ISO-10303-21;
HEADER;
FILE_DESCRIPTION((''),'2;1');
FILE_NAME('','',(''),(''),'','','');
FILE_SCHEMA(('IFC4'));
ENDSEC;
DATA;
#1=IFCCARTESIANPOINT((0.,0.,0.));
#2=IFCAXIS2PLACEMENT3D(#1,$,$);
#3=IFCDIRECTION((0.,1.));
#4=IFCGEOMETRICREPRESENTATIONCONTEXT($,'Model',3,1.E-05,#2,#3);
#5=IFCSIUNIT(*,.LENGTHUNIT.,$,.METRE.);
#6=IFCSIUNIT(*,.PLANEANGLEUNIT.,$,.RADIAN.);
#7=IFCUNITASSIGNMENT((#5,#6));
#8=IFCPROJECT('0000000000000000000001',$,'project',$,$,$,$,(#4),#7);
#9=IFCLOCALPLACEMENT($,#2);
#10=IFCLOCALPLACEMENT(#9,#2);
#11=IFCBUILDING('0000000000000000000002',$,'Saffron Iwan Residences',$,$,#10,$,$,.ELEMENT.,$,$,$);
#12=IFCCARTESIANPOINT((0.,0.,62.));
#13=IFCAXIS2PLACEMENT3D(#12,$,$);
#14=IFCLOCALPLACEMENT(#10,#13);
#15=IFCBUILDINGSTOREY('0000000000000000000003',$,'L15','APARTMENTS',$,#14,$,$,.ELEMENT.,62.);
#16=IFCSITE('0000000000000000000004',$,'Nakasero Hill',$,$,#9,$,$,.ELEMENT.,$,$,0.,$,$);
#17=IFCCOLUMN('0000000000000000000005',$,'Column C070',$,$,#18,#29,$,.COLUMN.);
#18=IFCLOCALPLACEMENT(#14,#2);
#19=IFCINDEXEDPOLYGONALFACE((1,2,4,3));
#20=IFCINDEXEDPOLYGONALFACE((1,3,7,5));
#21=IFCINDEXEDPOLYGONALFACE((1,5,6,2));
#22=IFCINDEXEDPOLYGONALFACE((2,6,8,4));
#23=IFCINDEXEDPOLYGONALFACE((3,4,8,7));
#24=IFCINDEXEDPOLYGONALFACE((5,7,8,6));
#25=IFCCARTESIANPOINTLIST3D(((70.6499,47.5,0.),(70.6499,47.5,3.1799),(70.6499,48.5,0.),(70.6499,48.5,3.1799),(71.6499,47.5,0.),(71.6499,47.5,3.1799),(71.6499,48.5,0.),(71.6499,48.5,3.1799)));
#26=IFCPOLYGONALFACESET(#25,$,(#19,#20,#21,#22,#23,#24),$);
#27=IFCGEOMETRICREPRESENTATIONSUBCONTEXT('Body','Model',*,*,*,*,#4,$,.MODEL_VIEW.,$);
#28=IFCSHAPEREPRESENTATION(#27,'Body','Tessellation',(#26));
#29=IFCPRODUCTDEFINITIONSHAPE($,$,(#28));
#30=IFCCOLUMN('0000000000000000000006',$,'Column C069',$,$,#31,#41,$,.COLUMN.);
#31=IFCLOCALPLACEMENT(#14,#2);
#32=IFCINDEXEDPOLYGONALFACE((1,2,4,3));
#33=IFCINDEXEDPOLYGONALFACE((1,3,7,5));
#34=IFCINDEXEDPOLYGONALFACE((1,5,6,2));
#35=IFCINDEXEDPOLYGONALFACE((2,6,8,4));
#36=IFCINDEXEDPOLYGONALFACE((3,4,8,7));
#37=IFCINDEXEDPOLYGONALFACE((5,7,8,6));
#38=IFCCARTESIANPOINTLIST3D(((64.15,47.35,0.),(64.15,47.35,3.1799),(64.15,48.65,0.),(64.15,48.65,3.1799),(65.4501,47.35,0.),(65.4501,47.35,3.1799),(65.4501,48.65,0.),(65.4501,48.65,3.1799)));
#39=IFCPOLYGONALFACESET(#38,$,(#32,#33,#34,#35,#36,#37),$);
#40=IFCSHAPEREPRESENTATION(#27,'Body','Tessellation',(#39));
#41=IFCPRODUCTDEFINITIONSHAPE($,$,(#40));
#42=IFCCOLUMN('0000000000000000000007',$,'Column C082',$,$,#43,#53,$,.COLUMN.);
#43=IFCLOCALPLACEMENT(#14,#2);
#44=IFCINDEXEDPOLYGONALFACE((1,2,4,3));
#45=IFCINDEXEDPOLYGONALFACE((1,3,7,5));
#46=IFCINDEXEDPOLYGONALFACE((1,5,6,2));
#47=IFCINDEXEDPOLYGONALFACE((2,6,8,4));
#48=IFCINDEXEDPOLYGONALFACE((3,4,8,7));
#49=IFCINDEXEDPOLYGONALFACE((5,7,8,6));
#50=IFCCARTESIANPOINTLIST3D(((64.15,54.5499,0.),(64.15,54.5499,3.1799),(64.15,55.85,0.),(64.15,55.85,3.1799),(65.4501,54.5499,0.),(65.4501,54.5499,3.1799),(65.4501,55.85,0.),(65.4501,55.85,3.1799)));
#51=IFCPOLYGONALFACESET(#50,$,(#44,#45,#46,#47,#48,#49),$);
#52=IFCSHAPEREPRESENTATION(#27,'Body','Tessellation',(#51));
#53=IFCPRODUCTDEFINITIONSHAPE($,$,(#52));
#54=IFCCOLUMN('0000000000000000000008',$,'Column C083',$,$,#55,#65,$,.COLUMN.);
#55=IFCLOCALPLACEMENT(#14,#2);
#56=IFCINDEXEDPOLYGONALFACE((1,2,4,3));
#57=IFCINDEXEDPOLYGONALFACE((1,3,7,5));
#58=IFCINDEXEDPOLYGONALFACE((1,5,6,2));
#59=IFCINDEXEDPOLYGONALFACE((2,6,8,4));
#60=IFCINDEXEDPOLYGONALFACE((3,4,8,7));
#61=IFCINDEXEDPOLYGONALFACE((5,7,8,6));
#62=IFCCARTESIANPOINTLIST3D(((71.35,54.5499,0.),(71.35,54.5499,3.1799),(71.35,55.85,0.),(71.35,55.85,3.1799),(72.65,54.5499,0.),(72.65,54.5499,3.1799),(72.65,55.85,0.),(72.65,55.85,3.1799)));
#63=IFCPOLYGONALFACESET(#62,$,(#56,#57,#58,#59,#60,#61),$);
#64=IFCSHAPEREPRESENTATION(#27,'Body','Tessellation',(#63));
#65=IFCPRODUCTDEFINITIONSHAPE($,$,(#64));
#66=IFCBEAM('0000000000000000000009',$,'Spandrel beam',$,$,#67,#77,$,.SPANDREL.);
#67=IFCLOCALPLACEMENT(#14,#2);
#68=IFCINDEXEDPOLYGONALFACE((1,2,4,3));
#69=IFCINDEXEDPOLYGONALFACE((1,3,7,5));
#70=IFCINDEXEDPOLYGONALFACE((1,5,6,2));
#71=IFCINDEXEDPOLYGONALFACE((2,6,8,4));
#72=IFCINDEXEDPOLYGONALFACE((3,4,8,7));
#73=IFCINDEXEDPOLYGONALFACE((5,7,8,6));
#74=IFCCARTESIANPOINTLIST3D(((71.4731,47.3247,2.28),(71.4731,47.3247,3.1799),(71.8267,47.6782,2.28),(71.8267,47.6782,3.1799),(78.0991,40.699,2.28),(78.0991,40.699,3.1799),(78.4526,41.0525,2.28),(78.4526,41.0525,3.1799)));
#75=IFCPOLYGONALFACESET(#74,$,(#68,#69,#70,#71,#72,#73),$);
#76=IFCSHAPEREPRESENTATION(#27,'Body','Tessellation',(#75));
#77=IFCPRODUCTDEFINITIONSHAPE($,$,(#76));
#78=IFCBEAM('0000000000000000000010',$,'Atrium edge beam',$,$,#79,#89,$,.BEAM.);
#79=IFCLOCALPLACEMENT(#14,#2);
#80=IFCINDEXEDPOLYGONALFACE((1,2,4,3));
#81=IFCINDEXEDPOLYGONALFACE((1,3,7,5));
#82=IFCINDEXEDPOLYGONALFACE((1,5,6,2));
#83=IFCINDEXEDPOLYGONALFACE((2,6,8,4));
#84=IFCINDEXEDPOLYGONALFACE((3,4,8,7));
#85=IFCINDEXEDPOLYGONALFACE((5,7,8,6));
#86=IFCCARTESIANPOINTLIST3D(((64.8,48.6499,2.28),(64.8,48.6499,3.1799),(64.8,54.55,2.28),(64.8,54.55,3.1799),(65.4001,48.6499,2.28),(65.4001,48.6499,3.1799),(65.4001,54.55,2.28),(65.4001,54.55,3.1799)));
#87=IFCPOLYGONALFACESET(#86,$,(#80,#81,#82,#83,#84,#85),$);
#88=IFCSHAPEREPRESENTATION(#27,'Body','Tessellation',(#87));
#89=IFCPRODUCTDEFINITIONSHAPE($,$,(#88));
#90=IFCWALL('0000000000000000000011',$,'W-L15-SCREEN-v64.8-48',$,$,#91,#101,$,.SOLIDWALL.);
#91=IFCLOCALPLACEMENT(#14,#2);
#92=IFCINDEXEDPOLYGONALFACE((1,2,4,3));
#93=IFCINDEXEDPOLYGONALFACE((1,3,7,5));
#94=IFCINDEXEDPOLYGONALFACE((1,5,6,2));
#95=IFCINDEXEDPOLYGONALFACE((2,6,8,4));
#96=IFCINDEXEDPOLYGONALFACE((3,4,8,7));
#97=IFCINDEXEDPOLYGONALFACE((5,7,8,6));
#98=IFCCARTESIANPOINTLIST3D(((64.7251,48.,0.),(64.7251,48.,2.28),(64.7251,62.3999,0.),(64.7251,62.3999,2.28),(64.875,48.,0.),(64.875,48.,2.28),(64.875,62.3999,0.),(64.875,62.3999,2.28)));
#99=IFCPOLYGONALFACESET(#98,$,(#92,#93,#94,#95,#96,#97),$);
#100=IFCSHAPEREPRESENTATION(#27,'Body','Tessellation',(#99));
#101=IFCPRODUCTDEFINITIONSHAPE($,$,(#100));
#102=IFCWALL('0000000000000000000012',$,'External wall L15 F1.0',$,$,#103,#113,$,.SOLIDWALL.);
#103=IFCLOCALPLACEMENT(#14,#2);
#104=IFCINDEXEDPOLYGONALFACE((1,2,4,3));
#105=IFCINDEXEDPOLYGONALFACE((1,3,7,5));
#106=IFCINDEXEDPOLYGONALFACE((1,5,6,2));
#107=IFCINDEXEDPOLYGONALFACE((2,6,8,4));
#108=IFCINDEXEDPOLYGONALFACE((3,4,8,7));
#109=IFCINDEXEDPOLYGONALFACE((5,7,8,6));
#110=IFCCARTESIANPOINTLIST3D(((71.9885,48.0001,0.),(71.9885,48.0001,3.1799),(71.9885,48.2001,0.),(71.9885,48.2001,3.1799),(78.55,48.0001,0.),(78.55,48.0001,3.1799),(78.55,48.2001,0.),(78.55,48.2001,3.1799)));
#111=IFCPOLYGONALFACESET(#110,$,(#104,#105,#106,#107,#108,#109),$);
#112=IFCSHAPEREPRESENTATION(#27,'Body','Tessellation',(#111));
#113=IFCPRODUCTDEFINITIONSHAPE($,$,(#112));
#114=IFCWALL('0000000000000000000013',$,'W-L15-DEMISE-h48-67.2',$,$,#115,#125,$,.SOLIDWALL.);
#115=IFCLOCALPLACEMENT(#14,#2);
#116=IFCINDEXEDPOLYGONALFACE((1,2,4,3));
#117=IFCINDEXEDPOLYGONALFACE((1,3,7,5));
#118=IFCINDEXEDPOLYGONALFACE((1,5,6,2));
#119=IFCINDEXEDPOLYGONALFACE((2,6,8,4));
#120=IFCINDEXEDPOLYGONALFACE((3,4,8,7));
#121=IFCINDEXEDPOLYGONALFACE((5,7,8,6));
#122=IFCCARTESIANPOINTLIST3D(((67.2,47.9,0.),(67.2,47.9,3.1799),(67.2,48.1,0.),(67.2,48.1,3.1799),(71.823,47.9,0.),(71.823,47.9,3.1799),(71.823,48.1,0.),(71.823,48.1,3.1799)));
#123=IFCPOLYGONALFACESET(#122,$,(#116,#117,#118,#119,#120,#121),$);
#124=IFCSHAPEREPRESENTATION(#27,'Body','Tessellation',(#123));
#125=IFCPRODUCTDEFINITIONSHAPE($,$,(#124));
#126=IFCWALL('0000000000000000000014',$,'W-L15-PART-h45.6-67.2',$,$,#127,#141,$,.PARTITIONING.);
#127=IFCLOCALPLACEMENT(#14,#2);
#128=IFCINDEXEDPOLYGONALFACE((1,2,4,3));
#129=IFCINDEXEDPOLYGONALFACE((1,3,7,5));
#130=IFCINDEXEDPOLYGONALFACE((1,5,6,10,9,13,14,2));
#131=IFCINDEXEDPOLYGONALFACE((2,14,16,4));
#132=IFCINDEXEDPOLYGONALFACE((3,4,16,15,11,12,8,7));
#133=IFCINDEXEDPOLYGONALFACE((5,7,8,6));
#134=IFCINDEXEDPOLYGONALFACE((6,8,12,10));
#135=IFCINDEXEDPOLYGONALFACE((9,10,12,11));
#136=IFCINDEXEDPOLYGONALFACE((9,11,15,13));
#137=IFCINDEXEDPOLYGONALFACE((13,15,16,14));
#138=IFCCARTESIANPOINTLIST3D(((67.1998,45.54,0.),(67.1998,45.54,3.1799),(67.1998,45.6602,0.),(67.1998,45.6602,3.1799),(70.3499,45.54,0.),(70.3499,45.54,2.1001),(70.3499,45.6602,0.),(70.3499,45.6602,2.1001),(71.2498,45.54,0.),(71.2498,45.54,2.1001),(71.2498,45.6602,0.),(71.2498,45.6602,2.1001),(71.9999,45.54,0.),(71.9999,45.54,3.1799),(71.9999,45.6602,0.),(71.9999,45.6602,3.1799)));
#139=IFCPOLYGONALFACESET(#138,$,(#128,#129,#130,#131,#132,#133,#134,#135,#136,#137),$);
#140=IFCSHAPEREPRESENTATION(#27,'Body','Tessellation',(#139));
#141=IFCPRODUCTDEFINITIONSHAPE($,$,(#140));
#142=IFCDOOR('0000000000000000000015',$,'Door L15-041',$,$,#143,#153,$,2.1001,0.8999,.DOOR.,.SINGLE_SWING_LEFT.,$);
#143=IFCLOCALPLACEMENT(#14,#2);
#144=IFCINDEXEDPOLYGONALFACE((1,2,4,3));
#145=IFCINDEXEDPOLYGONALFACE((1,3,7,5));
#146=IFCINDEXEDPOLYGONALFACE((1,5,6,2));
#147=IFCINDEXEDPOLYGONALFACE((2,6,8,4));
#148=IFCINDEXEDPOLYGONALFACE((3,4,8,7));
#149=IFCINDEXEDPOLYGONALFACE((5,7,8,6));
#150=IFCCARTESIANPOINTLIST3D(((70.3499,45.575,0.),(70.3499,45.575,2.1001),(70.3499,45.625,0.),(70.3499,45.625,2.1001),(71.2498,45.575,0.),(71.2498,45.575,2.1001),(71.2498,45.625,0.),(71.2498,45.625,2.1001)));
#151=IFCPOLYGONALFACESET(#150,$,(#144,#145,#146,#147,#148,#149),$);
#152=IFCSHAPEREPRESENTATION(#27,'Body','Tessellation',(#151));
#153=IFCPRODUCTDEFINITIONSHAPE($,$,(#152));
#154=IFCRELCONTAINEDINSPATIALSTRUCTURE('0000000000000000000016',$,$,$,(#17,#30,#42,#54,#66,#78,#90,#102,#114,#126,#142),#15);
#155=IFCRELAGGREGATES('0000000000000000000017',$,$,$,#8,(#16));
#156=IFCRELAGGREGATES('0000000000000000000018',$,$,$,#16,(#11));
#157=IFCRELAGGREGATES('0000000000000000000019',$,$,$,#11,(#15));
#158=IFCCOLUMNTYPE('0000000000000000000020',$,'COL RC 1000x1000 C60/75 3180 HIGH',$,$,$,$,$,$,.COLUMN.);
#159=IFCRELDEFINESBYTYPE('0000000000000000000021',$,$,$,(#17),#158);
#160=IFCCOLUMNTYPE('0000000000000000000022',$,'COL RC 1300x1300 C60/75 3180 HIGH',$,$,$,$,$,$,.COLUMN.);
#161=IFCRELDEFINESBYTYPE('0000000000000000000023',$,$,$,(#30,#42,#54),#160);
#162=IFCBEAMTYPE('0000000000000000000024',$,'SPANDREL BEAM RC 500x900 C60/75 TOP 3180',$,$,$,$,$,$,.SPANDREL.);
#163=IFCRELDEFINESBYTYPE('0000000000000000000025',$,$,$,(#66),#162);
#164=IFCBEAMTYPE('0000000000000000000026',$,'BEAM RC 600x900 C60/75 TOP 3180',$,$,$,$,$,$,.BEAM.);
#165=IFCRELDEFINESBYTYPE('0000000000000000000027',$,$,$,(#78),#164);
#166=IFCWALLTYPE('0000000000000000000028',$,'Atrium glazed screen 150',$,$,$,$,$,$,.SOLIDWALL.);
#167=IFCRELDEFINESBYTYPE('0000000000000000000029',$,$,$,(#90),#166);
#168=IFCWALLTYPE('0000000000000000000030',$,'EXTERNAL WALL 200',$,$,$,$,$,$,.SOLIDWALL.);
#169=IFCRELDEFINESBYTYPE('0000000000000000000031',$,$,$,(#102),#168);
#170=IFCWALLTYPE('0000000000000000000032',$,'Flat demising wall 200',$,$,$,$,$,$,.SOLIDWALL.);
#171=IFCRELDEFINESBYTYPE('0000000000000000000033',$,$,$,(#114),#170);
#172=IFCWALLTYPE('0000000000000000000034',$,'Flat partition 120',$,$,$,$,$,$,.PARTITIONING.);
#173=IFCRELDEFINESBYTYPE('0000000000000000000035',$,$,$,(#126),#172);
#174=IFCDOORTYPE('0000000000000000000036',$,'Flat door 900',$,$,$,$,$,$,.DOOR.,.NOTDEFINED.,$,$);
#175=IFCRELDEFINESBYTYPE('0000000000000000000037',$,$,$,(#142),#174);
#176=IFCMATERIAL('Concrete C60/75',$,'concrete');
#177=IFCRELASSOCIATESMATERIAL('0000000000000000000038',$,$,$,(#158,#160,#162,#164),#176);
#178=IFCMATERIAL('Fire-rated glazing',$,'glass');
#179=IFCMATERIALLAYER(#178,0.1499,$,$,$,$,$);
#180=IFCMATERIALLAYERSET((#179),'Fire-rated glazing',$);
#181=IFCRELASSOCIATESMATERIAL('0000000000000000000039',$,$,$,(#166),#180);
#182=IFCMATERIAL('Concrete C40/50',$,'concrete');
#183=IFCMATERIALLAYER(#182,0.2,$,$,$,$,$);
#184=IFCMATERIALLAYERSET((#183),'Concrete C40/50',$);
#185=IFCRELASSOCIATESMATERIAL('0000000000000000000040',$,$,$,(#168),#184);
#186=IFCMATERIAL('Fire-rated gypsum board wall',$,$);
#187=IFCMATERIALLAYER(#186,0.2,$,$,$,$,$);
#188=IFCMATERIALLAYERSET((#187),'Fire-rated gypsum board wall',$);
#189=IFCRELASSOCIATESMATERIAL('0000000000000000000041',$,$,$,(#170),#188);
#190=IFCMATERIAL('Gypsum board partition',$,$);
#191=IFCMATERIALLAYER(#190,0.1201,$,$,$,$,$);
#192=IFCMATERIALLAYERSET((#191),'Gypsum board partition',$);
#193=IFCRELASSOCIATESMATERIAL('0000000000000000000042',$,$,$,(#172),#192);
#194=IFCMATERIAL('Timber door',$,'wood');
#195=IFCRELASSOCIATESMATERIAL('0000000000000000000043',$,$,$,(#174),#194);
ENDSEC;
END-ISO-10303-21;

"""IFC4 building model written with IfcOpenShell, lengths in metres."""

from ifc_helpers import new_model, si_unit, direction, frame, frame_2d, origin, origin_2d, place, context, subcontext, project, spatial, rectangle, extrude, source, transform, mapped, material, layer, layer_set, material_profile, profile_set, type_object, element, fill, save


model = new_model("IFC4")

# Units and contexts
model_context = context("Model", 3, precision=1e-05, world=origin(), true_north=direction((0.0, 1.0)))
body_context = subcontext(model_context, "Body", "Model", "MODEL_VIEW")
ifc_project = project(units=[si_unit("LENGTHUNIT", "METRE"), si_unit("PLANEANGLEUNIT", "RADIAN")], contexts=[model_context])

# Site, building, storey
site_placement = place(None, origin())
site = spatial("IfcSite", under=ifc_project, at=site_placement, Name="Nakasero Hill", CompositionType="ELEMENT", RefElevation=0.0)
building_placement = place(site_placement, origin())
building = spatial("IfcBuilding", under=site, at=building_placement, Name="Saffron Iwan Residences", CompositionType="ELEMENT")
storey_placement = place(building_placement, frame((0.0, 0.0, 62.0)))
storey = spatial("IfcBuildingStorey", under=building, at=storey_placement, Name="L15", Description="APARTMENTS", CompositionType="ELEMENT", Elevation=62.0)

# Columns
ifc_material_1 = material(Name="Concrete C60/75", Category="concrete")
ifc_material_profile_1 = material_profile(ifc_material_1, rectangle(XDim=1.0, YDim=1.0, at=origin_2d()), Name="RC 1000x1000")
ifc_profile_set_1 = profile_set([ifc_material_profile_1], Name="Concrete C60/75")
column_type_1 = type_object("IfcColumnType", Name="COL RC 1000x1000 C60/75 3180 HIGH", PredefinedType="COLUMN", material=ifc_profile_set_1)
shared_shape_1 = source(origin(), body_context, "Body", "SweptSolid", [
    extrude(rectangle(XDim=1.0, YDim=1.0, at=origin_2d()), origin(), (0.0, 0.0, 1.0), 3.1799),
])
column_placement = place(storey_placement, frame((71.1499, 48.0, 0.0), z_axis=(0.0, 0.0, 1.0), x_axis=(1.0, 0.0, 0.0)))
element("IfcColumn", 1, at=column_placement, inside=storey, type_object=column_type_1, Name="Column C070", PredefinedType="COLUMN", context=body_context, shape_type="MappedRepresentation", body=[
    mapped(shared_shape_1, transform((0.0, 0.0, 0.0))),
])
ifc_material_profile_2 = material_profile(ifc_material_1, rectangle(XDim=1.3, YDim=1.3, at=origin_2d()), Name="RC 1300x1300")
ifc_profile_set_2 = profile_set([ifc_material_profile_2], Name="Concrete C60/75")
column_type_2 = type_object("IfcColumnType", Name="COL RC 1300x1300 C60/75 3180 HIGH", PredefinedType="COLUMN", material=ifc_profile_set_2)
shared_shape_2 = source(origin(), body_context, "Body", "SweptSolid", [
    extrude(rectangle(XDim=1.3, YDim=1.3, at=origin_2d()), origin(), (0.0, 0.0, 1.0), 3.1799),
])
for number, where, z_axis, x_axis, name in (
    (2, (64.8, 48.0, 0.0), (0.0, 0.0, 1.0), (1.0, 0.0, 0.0), "Column C069"),
    (3, (64.8, 55.2, 0.0), (0.0, 0.0, 1.0), (1.0, 0.0, 0.0), "Column C082"),
    (4, (72.0, 55.2, 0.0), (0.0, 0.0, 1.0), (1.0, 0.0, 0.0), "Column C083"),
):
    element("IfcColumn", number, at=place(storey_placement, frame(where, z_axis=z_axis, x_axis=x_axis)), inside=storey, type_object=column_type_2, Name=name, PredefinedType="COLUMN", context=body_context, shape_type="MappedRepresentation", body=[
        mapped(shared_shape_2, transform((0.0, 0.0, 0.0))),
    ])

# Beams
ifc_material_profile_3 = material_profile(ifc_material_1, rectangle(XDim=0.5, YDim=0.8999, at=origin_2d()), Name="RC 500x900")
ifc_profile_set_3 = profile_set([ifc_material_profile_3], Name="Concrete C60/75")
beam_type_1 = type_object("IfcBeamType", Name="SPANDREL BEAM RC 500x900 C60/75 TOP 3180", PredefinedType="SPANDREL", material=ifc_profile_set_3)
shared_shape_3 = source(origin(), body_context, "Body", "SweptSolid", [
    extrude(rectangle(XDim=0.5, YDim=0.8999, at=origin_2d()), origin(), (0.0, 0.0, 1.0), 9.3704),
])
beam_1_placement = place(storey_placement, frame((71.6499, 47.5015, 2.73), z_axis=(0.70712, -0.707094, 0.0), x_axis=(0.707094, 0.70712, 0.0)))
element("IfcBeam", 5, at=beam_1_placement, inside=storey, type_object=beam_type_1, Name="Spandrel beam", PredefinedType="SPANDREL", context=body_context, shape_type="MappedRepresentation", body=[
    mapped(shared_shape_3, transform((0.0, 0.0, 0.0))),
])
ifc_material_profile_4 = material_profile(ifc_material_1, rectangle(XDim=0.6001, YDim=0.8999, at=origin_2d()), Name="RC 600x900")
ifc_profile_set_4 = profile_set([ifc_material_profile_4], Name="Concrete C60/75")
beam_type_2 = type_object("IfcBeamType", Name="BEAM RC 600x900 C60/75 TOP 3180", PredefinedType="BEAM", material=ifc_profile_set_4)
shared_shape_4 = source(origin(), body_context, "Body", "SweptSolid", [
    extrude(rectangle(XDim=0.6001, YDim=0.8999, at=origin_2d()), origin(), (0.0, 0.0, 1.0), 5.9001),
])
beam_2_placement = place(storey_placement, frame((65.1001, 54.55, 2.73), z_axis=(0.0, -1.0, 0.0), x_axis=(1.0, 0.0, 0.0)))
element("IfcBeam", 6, at=beam_2_placement, inside=storey, type_object=beam_type_2, Name="Atrium edge beam", PredefinedType="BEAM", context=body_context, shape_type="MappedRepresentation", body=[
    mapped(shared_shape_4, transform((0.0, 0.0, 0.0))),
])

# Walls
ifc_material_2 = material(Name="Fire-rated glazing", Category="glass")
ifc_layer_1 = layer(ifc_material_2, 0.1499)
ifc_layer_set_1 = layer_set([ifc_layer_1], Name="Fire-rated glazing")
wall_type_1 = type_object("IfcWallType", Name="Atrium glazed screen 150", PredefinedType="SOLIDWALL", material=ifc_layer_set_1)
wall_1_placement = place(storey_placement, frame((64.8, 48.0, 0.0), z_axis=(0.0, 0.0, 1.0), x_axis=(0.0, 1.0, 0.0)))
element("IfcWall", 7, at=wall_1_placement, inside=storey, type_object=wall_type_1, Name="W-L15-SCREEN-v64.8-48", PredefinedType="SOLIDWALL", context=body_context, shape_type="SweptSolid", body=[
    extrude(rectangle(XDim=14.3999, YDim=0.1499, at=frame_2d((7.2, 0.0))), origin(), (0.0, 0.0, 1.0), 2.28),
])
ifc_material_3 = material(Name="Concrete C40/50", Category="concrete")
ifc_layer_2 = layer(ifc_material_3, 0.2)
ifc_layer_set_2 = layer_set([ifc_layer_2], Name="Concrete C40/50")
wall_type_2 = type_object("IfcWallType", Name="EXTERNAL WALL 200", PredefinedType="SOLIDWALL", material=ifc_layer_set_2)
wall_2_placement = place(storey_placement, frame((71.9885, 48.1001, 0.0), z_axis=(0.0, 0.0, 1.0), x_axis=(1.0, 0.0, 0.0)))
element("IfcWall", 8, at=wall_2_placement, inside=storey, type_object=wall_type_2, Name="External wall L15 F1.0", PredefinedType="SOLIDWALL", context=body_context, shape_type="SweptSolid", body=[
    extrude(rectangle(XDim=6.5615, YDim=0.2, at=frame_2d((3.2808, 0.0))), origin(), (0.0, 0.0, 1.0), 3.1799),
])
ifc_material_4 = material(Name="Fire-rated gypsum board wall")
ifc_layer_3 = layer(ifc_material_4, 0.2)
ifc_layer_set_3 = layer_set([ifc_layer_3], Name="Fire-rated gypsum board wall")
wall_type_3 = type_object("IfcWallType", Name="Flat demising wall 200", PredefinedType="SOLIDWALL", material=ifc_layer_set_3)
wall_3_placement = place(storey_placement, frame((67.2, 48.0, 0.0), z_axis=(0.0, 0.0, 1.0), x_axis=(1.0, 0.0, 0.0)))
element("IfcWall", 9, at=wall_3_placement, inside=storey, type_object=wall_type_3, Name="W-L15-DEMISE-h48-67.2", PredefinedType="SOLIDWALL", context=body_context, shape_type="SweptSolid", body=[
    extrude(rectangle(XDim=4.623, YDim=0.2, at=frame_2d((2.3115, 0.0))), origin(), (0.0, 0.0, 1.0), 3.1799),
])

# Wall, opening, door
ifc_material_5 = material(Name="Gypsum board partition")
ifc_layer_4 = layer(ifc_material_5, 0.1201)
ifc_layer_set_4 = layer_set([ifc_layer_4], Name="Gypsum board partition")
wall_type_4 = type_object("IfcWallType", Name="Flat partition 120", PredefinedType="PARTITIONING", material=ifc_layer_set_4)
wall_4_placement = place(storey_placement, frame((67.2, 45.6001, 0.0), z_axis=(0.0, 0.0, 1.0), x_axis=(1.0, 0.0, 0.0)))
wall_4 = element("IfcWall", 10, at=wall_4_placement, inside=storey, type_object=wall_type_4, Name="W-L15-PART-h45.6-67.2", PredefinedType="PARTITIONING", context=body_context, shape_type="SweptSolid", body=[
    extrude(rectangle(XDim=4.8, YDim=0.1201, at=frame_2d((2.3999, 0.0))), origin(), (0.0, 0.0, 1.0), 3.1799),
])
opening_1_placement = place(wall_4_placement, frame((3.1499, 0.0, 0.0)))
opening_1 = element("IfcOpeningElement", 11, at=opening_1_placement, cuts=wall_4, PredefinedType="OPENING", context=body_context, shape_type="SweptSolid", body=[
    extrude(rectangle(XDim=0.8999, YDim=2.1001, at=frame_2d((0.45, 1.05))), frame((0.0, 0.0701, 0.0), z_axis=(0.0, -1.0, 0.0), x_axis=(1.0, 0.0, 0.0)), (0.0, 0.0, 1.0), 0.1401),
])
ifc_material_6 = material(Name="Timber door", Category="wood")
door_type_1 = type_object("IfcDoorType", Name="Flat door 900", OperationType="NOTDEFINED", PredefinedType="DOOR", material=ifc_material_6)
door_1_placement = place(opening_1_placement, origin())
door_1 = element("IfcDoor", 12, at=door_1_placement, inside=storey, type_object=door_type_1, Name="Door L15-041", OperationType="SINGLE_SWING_LEFT", OverallHeight=2.1001, OverallWidth=0.8999, PredefinedType="DOOR", context=body_context, shape_type="SweptSolid", body=[
    extrude(rectangle(XDim=0.8999, YDim=2.1001, at=frame_2d((0.45, 1.05))), frame((0.0, 0.0249, 0.0), z_axis=(0.0, -1.0, 0.0), x_axis=(1.0, 0.0, 0.0)), (0.0, 0.0, 1.0), 0.05),
])
fill(opening_1, door_1)

save(model, "model.ifc")
